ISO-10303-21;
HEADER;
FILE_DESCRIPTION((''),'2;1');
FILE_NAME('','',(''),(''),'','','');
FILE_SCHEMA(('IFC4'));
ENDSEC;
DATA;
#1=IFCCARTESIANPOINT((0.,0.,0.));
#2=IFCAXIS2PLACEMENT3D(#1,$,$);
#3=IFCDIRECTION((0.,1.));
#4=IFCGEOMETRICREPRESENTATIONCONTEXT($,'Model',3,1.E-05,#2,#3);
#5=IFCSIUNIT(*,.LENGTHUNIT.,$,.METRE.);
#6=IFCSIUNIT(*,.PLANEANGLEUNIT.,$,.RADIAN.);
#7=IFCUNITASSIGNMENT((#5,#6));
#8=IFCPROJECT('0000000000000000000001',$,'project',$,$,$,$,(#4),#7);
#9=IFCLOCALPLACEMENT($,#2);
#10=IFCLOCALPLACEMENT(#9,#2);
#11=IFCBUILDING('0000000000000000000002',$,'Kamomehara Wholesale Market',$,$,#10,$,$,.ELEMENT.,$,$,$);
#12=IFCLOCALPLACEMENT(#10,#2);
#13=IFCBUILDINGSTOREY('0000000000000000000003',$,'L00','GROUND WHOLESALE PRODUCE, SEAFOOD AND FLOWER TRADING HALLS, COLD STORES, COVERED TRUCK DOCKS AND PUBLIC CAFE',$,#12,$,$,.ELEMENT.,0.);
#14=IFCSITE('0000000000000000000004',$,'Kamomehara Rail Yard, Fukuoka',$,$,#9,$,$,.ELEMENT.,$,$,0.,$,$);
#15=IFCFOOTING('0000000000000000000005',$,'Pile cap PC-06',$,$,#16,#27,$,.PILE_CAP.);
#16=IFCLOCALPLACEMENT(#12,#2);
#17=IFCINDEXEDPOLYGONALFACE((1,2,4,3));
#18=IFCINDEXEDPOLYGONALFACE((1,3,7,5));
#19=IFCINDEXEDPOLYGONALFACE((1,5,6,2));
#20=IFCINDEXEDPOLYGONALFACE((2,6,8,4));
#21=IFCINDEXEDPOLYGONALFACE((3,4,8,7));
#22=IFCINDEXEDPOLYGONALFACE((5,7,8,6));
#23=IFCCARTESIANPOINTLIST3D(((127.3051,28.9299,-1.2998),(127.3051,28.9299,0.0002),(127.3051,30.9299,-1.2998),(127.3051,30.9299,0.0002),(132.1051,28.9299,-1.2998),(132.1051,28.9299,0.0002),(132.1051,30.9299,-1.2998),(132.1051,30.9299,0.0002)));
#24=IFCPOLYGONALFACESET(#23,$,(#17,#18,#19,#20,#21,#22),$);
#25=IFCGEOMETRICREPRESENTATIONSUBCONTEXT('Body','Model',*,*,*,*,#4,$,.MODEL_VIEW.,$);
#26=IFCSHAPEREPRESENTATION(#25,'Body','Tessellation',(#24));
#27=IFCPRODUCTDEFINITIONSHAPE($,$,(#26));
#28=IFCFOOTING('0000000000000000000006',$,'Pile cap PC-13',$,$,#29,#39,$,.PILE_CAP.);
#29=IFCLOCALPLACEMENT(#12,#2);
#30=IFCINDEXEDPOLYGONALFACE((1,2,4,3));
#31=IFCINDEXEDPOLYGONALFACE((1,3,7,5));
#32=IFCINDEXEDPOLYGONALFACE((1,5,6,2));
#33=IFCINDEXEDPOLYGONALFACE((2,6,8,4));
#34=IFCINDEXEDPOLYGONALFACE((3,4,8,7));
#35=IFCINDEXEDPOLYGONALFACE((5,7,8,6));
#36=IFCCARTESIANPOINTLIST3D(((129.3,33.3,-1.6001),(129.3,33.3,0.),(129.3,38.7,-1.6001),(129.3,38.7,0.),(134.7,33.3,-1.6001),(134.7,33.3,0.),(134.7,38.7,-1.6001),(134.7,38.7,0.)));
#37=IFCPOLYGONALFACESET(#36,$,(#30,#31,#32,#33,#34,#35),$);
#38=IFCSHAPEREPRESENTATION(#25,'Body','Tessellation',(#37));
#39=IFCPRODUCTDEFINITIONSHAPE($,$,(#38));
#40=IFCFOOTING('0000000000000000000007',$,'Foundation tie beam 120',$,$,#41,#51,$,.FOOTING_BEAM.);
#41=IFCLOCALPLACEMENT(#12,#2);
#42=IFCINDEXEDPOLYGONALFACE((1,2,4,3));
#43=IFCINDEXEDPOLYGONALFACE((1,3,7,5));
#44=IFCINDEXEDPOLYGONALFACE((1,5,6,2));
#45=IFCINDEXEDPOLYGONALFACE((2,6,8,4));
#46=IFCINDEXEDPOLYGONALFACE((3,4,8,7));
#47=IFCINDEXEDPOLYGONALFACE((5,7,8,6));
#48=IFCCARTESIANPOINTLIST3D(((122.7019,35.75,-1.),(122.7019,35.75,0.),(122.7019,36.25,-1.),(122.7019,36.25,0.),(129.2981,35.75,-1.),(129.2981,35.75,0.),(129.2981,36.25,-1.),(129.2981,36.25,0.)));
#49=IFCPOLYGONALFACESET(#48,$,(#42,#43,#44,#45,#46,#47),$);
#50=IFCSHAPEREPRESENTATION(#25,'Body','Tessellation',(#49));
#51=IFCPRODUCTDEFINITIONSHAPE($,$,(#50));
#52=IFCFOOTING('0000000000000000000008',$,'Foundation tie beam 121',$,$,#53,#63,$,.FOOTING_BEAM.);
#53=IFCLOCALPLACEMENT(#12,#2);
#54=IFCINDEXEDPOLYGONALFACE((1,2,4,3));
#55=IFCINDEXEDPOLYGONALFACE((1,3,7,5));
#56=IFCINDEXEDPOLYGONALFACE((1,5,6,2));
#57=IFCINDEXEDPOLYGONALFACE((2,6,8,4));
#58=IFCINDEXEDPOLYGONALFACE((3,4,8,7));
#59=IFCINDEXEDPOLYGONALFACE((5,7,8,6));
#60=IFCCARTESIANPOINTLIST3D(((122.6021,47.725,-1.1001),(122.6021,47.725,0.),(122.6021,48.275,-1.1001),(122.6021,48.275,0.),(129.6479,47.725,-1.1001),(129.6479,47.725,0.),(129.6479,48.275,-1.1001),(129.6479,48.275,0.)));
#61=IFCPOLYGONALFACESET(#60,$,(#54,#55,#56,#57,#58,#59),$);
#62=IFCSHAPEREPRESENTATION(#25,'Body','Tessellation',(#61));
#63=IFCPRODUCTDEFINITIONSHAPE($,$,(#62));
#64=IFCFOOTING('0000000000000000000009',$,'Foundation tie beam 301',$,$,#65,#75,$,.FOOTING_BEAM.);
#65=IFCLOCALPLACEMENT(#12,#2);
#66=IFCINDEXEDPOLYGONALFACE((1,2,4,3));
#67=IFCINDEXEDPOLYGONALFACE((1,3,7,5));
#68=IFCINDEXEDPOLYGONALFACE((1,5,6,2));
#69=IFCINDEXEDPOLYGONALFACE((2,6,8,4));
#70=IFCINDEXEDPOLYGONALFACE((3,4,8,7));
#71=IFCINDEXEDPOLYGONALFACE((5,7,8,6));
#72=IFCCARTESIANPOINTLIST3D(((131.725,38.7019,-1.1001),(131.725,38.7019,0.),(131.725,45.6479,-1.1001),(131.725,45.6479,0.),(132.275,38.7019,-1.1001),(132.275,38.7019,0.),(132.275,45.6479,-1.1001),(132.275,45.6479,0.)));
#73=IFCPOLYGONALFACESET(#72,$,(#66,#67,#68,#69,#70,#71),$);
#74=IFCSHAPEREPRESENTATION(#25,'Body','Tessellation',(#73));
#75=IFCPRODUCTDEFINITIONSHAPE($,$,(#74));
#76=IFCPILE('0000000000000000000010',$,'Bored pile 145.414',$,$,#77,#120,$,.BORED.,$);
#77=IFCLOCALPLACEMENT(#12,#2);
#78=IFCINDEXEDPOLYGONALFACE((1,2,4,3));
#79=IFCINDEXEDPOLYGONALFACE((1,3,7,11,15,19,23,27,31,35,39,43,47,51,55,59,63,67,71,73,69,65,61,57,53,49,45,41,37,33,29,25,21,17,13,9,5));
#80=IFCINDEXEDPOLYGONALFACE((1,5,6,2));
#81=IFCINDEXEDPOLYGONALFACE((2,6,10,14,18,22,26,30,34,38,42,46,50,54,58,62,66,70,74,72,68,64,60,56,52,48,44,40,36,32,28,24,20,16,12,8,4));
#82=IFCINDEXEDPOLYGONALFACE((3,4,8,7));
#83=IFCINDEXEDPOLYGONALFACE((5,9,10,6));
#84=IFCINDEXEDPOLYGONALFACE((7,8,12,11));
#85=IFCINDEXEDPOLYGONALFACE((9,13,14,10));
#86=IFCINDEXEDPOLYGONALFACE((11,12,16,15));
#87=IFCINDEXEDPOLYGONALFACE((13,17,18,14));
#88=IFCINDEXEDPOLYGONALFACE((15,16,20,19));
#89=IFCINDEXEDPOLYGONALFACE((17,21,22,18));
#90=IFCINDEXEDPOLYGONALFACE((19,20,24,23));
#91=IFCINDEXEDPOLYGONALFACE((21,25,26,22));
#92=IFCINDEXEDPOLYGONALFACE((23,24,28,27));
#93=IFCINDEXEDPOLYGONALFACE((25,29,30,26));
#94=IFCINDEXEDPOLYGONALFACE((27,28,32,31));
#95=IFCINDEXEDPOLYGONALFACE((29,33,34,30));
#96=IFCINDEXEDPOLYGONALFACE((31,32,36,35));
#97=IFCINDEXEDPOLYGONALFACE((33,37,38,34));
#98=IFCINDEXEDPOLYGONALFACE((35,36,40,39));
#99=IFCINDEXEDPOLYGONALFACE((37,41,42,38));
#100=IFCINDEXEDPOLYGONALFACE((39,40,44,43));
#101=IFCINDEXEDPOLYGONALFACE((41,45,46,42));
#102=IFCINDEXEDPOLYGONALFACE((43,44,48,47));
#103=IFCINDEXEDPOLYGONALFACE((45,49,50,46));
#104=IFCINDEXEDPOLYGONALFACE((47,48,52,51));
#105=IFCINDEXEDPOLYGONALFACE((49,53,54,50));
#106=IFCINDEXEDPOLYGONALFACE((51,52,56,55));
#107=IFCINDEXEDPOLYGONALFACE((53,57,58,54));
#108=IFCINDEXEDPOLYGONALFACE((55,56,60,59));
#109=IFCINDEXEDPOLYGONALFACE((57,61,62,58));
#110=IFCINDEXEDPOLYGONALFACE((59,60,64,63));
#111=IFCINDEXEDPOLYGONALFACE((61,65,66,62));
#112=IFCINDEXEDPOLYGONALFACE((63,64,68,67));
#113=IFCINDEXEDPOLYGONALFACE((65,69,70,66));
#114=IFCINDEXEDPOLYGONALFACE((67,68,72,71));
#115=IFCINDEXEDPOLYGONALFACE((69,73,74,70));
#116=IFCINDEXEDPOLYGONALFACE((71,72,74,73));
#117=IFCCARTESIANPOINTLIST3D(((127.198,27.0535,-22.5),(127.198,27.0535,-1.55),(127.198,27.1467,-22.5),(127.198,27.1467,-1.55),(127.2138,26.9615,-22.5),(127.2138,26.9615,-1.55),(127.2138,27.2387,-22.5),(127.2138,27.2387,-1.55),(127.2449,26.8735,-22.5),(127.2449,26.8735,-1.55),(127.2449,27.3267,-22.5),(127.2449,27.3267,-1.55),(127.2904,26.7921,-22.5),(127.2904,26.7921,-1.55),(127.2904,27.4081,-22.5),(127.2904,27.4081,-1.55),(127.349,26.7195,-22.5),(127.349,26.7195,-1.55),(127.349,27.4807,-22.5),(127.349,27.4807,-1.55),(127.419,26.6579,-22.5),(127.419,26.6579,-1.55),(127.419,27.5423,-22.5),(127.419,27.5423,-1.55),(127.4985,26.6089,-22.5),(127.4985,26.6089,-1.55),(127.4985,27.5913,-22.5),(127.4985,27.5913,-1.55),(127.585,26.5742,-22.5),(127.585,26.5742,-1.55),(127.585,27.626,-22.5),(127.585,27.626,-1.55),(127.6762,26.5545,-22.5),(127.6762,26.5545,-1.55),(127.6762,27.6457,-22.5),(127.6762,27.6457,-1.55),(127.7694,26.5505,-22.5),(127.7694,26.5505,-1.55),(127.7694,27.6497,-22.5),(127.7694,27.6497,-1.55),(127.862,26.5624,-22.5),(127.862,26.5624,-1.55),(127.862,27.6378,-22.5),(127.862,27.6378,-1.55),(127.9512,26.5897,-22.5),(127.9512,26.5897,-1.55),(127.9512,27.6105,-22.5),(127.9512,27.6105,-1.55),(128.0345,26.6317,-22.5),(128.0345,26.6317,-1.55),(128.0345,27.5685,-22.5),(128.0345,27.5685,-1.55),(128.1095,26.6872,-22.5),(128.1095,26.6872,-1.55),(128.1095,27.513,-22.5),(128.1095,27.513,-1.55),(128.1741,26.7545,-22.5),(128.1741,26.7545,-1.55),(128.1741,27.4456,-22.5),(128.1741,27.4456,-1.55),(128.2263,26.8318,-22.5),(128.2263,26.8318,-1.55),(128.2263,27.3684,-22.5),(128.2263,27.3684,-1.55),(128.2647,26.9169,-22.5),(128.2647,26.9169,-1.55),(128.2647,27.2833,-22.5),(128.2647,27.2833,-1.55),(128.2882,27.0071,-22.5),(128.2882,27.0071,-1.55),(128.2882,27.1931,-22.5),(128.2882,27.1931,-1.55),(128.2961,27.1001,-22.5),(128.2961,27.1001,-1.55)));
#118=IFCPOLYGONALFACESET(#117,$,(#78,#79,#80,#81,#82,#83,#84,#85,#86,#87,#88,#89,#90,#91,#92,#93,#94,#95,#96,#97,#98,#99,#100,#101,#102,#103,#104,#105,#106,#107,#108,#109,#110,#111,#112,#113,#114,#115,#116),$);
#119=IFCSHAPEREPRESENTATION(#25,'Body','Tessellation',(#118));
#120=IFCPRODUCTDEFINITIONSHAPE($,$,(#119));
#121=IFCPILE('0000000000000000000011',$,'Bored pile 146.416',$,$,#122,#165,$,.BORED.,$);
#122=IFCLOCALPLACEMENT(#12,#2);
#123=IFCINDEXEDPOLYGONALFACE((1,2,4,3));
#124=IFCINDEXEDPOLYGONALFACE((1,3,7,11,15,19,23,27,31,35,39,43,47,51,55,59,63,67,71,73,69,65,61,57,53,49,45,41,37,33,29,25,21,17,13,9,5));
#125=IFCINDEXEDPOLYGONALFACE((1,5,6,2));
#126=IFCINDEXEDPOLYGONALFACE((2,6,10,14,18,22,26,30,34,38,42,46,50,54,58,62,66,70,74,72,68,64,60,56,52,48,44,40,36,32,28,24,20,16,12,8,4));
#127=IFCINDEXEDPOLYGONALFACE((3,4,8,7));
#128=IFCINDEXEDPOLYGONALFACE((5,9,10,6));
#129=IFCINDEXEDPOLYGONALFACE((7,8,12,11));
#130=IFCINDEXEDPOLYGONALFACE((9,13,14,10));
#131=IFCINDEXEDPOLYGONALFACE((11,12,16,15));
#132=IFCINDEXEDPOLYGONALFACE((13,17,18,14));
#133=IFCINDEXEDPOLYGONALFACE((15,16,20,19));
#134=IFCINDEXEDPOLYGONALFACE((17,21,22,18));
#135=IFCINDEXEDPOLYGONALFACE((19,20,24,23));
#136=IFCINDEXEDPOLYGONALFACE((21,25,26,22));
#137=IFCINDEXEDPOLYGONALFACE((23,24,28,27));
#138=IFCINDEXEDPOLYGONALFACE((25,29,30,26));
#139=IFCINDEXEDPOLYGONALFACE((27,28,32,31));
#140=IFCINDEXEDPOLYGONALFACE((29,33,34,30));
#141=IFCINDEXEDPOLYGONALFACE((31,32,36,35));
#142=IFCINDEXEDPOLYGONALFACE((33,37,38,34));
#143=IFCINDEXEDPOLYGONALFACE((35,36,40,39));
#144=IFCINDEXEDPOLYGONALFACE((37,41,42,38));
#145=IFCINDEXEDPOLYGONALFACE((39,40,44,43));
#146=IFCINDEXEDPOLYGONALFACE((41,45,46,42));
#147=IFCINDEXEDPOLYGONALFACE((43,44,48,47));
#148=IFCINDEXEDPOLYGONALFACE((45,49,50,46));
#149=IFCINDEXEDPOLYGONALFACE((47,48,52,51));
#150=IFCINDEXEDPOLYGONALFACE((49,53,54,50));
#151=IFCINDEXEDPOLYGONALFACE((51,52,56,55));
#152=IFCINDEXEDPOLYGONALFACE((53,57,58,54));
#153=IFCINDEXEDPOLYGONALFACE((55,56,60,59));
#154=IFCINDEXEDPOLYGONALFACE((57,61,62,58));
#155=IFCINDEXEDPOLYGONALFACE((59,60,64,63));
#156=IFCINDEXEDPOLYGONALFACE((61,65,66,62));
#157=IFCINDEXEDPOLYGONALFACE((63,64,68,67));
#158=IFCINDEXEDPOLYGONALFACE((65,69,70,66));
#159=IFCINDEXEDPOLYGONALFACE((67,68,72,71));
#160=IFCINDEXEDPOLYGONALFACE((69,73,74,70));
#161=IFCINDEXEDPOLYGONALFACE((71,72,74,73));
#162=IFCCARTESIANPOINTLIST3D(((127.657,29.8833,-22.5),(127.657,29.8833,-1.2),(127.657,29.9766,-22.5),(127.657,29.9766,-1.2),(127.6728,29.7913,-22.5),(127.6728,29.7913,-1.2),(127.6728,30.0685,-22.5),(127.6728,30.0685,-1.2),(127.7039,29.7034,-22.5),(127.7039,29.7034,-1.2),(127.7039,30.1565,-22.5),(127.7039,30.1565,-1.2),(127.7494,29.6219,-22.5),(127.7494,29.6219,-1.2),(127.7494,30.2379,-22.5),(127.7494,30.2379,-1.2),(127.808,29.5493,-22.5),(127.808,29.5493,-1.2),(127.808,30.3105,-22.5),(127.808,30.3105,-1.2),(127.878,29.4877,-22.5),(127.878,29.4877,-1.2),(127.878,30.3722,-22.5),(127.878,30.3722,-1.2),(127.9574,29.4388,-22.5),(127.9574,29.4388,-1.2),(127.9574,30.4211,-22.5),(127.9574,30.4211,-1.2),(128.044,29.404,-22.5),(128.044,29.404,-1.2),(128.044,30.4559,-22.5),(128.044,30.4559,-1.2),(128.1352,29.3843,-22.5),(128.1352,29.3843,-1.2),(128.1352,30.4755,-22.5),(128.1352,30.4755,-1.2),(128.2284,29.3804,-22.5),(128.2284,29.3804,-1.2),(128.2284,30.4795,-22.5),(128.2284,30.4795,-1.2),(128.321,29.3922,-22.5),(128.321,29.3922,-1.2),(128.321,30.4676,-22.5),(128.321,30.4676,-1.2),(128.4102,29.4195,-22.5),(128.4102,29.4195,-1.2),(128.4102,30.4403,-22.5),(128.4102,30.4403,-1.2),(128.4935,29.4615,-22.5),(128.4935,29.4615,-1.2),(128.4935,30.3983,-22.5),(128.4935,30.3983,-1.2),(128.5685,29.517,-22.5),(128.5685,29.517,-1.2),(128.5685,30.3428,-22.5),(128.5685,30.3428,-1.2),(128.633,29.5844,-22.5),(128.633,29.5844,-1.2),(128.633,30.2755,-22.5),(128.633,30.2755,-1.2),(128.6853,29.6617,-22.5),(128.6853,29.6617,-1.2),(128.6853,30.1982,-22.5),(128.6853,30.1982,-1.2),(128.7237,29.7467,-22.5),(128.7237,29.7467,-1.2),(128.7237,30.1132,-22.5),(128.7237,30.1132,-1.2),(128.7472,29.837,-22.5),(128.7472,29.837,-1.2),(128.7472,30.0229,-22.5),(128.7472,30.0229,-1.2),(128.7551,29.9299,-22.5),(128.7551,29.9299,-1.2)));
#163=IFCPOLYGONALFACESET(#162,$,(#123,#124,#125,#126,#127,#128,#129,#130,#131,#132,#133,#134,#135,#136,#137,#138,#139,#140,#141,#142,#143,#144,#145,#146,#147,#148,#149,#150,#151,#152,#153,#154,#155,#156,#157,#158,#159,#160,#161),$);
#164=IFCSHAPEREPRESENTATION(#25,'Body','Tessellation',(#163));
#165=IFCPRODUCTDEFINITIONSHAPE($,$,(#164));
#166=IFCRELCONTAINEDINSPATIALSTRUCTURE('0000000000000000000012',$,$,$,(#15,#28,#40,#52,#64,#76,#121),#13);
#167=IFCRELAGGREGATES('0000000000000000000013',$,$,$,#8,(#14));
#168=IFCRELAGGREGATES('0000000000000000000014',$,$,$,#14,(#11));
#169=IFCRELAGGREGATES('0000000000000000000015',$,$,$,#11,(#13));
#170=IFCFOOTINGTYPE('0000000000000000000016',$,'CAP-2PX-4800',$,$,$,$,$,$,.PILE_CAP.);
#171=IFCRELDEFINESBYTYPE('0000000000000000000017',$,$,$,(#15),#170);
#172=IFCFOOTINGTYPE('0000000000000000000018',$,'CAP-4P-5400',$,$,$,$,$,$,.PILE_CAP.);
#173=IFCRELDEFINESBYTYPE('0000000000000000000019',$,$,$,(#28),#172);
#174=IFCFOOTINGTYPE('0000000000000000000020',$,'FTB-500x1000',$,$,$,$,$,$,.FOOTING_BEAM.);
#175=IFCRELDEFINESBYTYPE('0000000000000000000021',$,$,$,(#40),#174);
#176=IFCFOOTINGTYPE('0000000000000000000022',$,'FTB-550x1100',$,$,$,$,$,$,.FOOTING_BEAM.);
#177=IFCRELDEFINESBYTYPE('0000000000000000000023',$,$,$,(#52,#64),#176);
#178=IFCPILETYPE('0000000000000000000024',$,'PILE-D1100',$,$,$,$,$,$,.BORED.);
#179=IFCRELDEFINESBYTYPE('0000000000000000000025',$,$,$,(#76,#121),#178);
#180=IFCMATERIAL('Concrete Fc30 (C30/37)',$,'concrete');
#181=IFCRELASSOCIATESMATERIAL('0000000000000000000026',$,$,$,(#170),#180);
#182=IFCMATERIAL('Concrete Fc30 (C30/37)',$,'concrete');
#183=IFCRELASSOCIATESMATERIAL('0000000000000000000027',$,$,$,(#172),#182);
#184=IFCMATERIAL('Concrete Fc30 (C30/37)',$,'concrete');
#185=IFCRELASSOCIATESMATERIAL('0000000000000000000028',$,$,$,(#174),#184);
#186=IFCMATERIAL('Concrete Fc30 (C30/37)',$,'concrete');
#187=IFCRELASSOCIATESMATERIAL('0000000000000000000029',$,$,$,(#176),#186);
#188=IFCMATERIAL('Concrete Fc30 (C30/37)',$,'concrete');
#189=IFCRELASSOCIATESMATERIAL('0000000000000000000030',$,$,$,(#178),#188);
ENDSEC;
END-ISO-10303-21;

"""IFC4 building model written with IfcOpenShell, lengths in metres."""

from ifc_helpers import new_model, si_unit, direction, frame, origin, origin_2d, place, context, subcontext, project, spatial, rectangle, circle, extrude, material, material_profile, profile_set, type_object, element, save


model = new_model("IFC4")

# Units and contexts
model_context = context("Model", 3, precision=1e-05, world=origin(), true_north=direction((0.0, 1.0)))
body_context = subcontext(model_context, "Body", "Model", "MODEL_VIEW")
ifc_project = project(units=[si_unit("LENGTHUNIT", "METRE"), si_unit("PLANEANGLEUNIT", "RADIAN")], contexts=[model_context])

# Site, building, storey
site_placement = place(None, origin())
site = spatial("IfcSite", under=ifc_project, at=site_placement, Name="Kamomehara Rail Yard, Fukuoka", CompositionType="ELEMENT", RefElevation=0.0)
building_placement = place(site_placement, origin())
building = spatial("IfcBuilding", under=site, at=building_placement, Name="Kamomehara Wholesale Market", CompositionType="ELEMENT")
storey_placement = place(building_placement, origin())
storey = spatial("IfcBuildingStorey", under=building, at=storey_placement, Name="L00", Description="GROUND WHOLESALE PRODUCE, SEAFOOD AND FLOWER TRADING HALLS, COLD STORES, COVERED TRUCK DOCKS AND PUBLIC CAFE", CompositionType="ELEMENT", Elevation=0.0)

# Footings
ifc_material_1 = material(Name="Concrete Fc30 (C30/37)", Category="concrete")
footing_type_1 = type_object("IfcFootingType", Name="CAP-2PX-4800", PredefinedType="PILE_CAP", material=ifc_material_1)
footing_1_placement = place(storey_placement, frame((129.7051, 29.9299, -1.2998), z_axis=(0.0, 0.0, 1.0), x_axis=(1.0, 0.0, 0.0)))
element("IfcFooting", 1, at=footing_1_placement, inside=storey, type_object=footing_type_1, Name="Pile cap PC-06", PredefinedType="PILE_CAP", context=body_context, shape_type="SweptSolid", body=[
    extrude(rectangle(XDim=4.8, YDim=2.0, at=origin_2d()), origin(), (0.0, 0.0, 1.0), 1.3),
])
ifc_material_2 = material(Name="Concrete Fc30 (C30/37)", Category="concrete")
footing_type_2 = type_object("IfcFootingType", Name="CAP-4P-5400", PredefinedType="PILE_CAP", material=ifc_material_2)
footing_2_placement = place(storey_placement, frame((132.0, 36.0, -1.6001), z_axis=(0.0, 0.0, 1.0), x_axis=(1.0, 0.0, 0.0)))
element("IfcFooting", 2, at=footing_2_placement, inside=storey, type_object=footing_type_2, Name="Pile cap PC-13", PredefinedType="PILE_CAP", context=body_context, shape_type="SweptSolid", body=[
    extrude(rectangle(XDim=5.3999, YDim=5.3999, at=origin_2d()), origin(), (0.0, 0.0, 1.0), 1.6001),
])
ifc_material_3 = material(Name="Concrete Fc30 (C30/37)", Category="concrete")
ifc_material_profile_1 = material_profile(ifc_material_3, rectangle(XDim=0.5, YDim=1.0, at=origin_2d()), Name="RC-FTB-500x1000")
ifc_profile_set_1 = profile_set([ifc_material_profile_1], Name="Concrete Fc30 (C30/37)")
footing_type_3 = type_object("IfcFootingType", Name="FTB-500x1000", PredefinedType="FOOTING_BEAM", material=ifc_profile_set_1)
footing_3_placement = place(storey_placement, frame((122.7019, 36.0, -0.5), z_axis=(1.0, 0.0, 0.0), x_axis=(0.0, 1.0, 0.0)))
element("IfcFooting", 3, at=footing_3_placement, inside=storey, type_object=footing_type_3, Name="Foundation tie beam 120", PredefinedType="FOOTING_BEAM", context=body_context, shape_type="SweptSolid", body=[
    extrude(rectangle(XDim=0.5, YDim=1.0, at=origin_2d()), origin(), (0.0, 0.0, 1.0), 6.5962),
])
ifc_material_4 = material(Name="Concrete Fc30 (C30/37)", Category="concrete")
ifc_material_profile_2 = material_profile(ifc_material_4, rectangle(XDim=0.55, YDim=1.1001, at=origin_2d()), Name="RC-FTB-550x1100")
ifc_profile_set_2 = profile_set([ifc_material_profile_2], Name="Concrete Fc30 (C30/37)")
footing_type_4 = type_object("IfcFootingType", Name="FTB-550x1100", PredefinedType="FOOTING_BEAM", material=ifc_profile_set_2)
footing_4_placement = place(storey_placement, frame((122.6021, 48.0, -0.55), z_axis=(1.0, 0.0, 0.0), x_axis=(0.0, 1.0, 0.0)))
element("IfcFooting", 4, at=footing_4_placement, inside=storey, type_object=footing_type_4, Name="Foundation tie beam 121", PredefinedType="FOOTING_BEAM", context=body_context, shape_type="SweptSolid", body=[
    extrude(rectangle(XDim=0.55, YDim=1.1001, at=origin_2d()), origin(), (0.0, 0.0, 1.0), 7.0459),
])
footing_5_placement = place(storey_placement, frame((132.0, 38.7019, -0.55), z_axis=(0.0, 1.0, 0.0), x_axis=(-1.0, 0.0, 0.0)))
element("IfcFooting", 5, at=footing_5_placement, inside=storey, type_object=footing_type_4, Name="Foundation tie beam 301", PredefinedType="FOOTING_BEAM", context=body_context, shape_type="SweptSolid", body=[
    extrude(rectangle(XDim=0.55, YDim=1.1001, at=origin_2d()), origin(), (0.0, 0.0, 1.0), 6.946),
])

# Piles
ifc_material_5 = material(Name="Concrete Fc30 (C30/37)", Category="concrete")
ifc_material_profile_3 = material_profile(ifc_material_5, circle(Radius=0.55, at=origin_2d()), Name="RC-PILE-D1100")
ifc_profile_set_3 = profile_set([ifc_material_profile_3], Name="Concrete Fc30 (C30/37)")
pile_type_1 = type_object("IfcPileType", Name="PILE-D1100", PredefinedType="BORED", material=ifc_profile_set_3)
pile_placement = place(storey_placement, frame((127.7461, 27.1001, -1.55), z_axis=(0.0, 0.0, -1.0), x_axis=(1.0, 0.0, 0.0)))
element("IfcPile", 6, at=pile_placement, inside=storey, type_object=pile_type_1, Name="Bored pile 145.414", PredefinedType="BORED", context=body_context, shape_type="SweptSolid", body=[
    extrude(circle(Radius=0.55, at=origin_2d()), origin(), (0.0, 0.0, 1.0), 20.95),
])
for number, where, z_axis, x_axis, name in (
    (7, (128.2051, 29.9299, -1.2), (0.0, 0.0, -1.0), (1.0, 0.0, 0.0), "Bored pile 146.416"),
):
    element("IfcPile", number, at=place(storey_placement, frame(where, z_axis=z_axis, x_axis=x_axis)), inside=storey, type_object=pile_type_1, Name=name, PredefinedType="BORED", context=body_context, shape_type="SweptSolid", body=[
        extrude(circle(Radius=0.55, at=origin_2d()), origin(), (0.0, 0.0, 1.0), 21.3),
    ])

save(model, "model.ifc")
